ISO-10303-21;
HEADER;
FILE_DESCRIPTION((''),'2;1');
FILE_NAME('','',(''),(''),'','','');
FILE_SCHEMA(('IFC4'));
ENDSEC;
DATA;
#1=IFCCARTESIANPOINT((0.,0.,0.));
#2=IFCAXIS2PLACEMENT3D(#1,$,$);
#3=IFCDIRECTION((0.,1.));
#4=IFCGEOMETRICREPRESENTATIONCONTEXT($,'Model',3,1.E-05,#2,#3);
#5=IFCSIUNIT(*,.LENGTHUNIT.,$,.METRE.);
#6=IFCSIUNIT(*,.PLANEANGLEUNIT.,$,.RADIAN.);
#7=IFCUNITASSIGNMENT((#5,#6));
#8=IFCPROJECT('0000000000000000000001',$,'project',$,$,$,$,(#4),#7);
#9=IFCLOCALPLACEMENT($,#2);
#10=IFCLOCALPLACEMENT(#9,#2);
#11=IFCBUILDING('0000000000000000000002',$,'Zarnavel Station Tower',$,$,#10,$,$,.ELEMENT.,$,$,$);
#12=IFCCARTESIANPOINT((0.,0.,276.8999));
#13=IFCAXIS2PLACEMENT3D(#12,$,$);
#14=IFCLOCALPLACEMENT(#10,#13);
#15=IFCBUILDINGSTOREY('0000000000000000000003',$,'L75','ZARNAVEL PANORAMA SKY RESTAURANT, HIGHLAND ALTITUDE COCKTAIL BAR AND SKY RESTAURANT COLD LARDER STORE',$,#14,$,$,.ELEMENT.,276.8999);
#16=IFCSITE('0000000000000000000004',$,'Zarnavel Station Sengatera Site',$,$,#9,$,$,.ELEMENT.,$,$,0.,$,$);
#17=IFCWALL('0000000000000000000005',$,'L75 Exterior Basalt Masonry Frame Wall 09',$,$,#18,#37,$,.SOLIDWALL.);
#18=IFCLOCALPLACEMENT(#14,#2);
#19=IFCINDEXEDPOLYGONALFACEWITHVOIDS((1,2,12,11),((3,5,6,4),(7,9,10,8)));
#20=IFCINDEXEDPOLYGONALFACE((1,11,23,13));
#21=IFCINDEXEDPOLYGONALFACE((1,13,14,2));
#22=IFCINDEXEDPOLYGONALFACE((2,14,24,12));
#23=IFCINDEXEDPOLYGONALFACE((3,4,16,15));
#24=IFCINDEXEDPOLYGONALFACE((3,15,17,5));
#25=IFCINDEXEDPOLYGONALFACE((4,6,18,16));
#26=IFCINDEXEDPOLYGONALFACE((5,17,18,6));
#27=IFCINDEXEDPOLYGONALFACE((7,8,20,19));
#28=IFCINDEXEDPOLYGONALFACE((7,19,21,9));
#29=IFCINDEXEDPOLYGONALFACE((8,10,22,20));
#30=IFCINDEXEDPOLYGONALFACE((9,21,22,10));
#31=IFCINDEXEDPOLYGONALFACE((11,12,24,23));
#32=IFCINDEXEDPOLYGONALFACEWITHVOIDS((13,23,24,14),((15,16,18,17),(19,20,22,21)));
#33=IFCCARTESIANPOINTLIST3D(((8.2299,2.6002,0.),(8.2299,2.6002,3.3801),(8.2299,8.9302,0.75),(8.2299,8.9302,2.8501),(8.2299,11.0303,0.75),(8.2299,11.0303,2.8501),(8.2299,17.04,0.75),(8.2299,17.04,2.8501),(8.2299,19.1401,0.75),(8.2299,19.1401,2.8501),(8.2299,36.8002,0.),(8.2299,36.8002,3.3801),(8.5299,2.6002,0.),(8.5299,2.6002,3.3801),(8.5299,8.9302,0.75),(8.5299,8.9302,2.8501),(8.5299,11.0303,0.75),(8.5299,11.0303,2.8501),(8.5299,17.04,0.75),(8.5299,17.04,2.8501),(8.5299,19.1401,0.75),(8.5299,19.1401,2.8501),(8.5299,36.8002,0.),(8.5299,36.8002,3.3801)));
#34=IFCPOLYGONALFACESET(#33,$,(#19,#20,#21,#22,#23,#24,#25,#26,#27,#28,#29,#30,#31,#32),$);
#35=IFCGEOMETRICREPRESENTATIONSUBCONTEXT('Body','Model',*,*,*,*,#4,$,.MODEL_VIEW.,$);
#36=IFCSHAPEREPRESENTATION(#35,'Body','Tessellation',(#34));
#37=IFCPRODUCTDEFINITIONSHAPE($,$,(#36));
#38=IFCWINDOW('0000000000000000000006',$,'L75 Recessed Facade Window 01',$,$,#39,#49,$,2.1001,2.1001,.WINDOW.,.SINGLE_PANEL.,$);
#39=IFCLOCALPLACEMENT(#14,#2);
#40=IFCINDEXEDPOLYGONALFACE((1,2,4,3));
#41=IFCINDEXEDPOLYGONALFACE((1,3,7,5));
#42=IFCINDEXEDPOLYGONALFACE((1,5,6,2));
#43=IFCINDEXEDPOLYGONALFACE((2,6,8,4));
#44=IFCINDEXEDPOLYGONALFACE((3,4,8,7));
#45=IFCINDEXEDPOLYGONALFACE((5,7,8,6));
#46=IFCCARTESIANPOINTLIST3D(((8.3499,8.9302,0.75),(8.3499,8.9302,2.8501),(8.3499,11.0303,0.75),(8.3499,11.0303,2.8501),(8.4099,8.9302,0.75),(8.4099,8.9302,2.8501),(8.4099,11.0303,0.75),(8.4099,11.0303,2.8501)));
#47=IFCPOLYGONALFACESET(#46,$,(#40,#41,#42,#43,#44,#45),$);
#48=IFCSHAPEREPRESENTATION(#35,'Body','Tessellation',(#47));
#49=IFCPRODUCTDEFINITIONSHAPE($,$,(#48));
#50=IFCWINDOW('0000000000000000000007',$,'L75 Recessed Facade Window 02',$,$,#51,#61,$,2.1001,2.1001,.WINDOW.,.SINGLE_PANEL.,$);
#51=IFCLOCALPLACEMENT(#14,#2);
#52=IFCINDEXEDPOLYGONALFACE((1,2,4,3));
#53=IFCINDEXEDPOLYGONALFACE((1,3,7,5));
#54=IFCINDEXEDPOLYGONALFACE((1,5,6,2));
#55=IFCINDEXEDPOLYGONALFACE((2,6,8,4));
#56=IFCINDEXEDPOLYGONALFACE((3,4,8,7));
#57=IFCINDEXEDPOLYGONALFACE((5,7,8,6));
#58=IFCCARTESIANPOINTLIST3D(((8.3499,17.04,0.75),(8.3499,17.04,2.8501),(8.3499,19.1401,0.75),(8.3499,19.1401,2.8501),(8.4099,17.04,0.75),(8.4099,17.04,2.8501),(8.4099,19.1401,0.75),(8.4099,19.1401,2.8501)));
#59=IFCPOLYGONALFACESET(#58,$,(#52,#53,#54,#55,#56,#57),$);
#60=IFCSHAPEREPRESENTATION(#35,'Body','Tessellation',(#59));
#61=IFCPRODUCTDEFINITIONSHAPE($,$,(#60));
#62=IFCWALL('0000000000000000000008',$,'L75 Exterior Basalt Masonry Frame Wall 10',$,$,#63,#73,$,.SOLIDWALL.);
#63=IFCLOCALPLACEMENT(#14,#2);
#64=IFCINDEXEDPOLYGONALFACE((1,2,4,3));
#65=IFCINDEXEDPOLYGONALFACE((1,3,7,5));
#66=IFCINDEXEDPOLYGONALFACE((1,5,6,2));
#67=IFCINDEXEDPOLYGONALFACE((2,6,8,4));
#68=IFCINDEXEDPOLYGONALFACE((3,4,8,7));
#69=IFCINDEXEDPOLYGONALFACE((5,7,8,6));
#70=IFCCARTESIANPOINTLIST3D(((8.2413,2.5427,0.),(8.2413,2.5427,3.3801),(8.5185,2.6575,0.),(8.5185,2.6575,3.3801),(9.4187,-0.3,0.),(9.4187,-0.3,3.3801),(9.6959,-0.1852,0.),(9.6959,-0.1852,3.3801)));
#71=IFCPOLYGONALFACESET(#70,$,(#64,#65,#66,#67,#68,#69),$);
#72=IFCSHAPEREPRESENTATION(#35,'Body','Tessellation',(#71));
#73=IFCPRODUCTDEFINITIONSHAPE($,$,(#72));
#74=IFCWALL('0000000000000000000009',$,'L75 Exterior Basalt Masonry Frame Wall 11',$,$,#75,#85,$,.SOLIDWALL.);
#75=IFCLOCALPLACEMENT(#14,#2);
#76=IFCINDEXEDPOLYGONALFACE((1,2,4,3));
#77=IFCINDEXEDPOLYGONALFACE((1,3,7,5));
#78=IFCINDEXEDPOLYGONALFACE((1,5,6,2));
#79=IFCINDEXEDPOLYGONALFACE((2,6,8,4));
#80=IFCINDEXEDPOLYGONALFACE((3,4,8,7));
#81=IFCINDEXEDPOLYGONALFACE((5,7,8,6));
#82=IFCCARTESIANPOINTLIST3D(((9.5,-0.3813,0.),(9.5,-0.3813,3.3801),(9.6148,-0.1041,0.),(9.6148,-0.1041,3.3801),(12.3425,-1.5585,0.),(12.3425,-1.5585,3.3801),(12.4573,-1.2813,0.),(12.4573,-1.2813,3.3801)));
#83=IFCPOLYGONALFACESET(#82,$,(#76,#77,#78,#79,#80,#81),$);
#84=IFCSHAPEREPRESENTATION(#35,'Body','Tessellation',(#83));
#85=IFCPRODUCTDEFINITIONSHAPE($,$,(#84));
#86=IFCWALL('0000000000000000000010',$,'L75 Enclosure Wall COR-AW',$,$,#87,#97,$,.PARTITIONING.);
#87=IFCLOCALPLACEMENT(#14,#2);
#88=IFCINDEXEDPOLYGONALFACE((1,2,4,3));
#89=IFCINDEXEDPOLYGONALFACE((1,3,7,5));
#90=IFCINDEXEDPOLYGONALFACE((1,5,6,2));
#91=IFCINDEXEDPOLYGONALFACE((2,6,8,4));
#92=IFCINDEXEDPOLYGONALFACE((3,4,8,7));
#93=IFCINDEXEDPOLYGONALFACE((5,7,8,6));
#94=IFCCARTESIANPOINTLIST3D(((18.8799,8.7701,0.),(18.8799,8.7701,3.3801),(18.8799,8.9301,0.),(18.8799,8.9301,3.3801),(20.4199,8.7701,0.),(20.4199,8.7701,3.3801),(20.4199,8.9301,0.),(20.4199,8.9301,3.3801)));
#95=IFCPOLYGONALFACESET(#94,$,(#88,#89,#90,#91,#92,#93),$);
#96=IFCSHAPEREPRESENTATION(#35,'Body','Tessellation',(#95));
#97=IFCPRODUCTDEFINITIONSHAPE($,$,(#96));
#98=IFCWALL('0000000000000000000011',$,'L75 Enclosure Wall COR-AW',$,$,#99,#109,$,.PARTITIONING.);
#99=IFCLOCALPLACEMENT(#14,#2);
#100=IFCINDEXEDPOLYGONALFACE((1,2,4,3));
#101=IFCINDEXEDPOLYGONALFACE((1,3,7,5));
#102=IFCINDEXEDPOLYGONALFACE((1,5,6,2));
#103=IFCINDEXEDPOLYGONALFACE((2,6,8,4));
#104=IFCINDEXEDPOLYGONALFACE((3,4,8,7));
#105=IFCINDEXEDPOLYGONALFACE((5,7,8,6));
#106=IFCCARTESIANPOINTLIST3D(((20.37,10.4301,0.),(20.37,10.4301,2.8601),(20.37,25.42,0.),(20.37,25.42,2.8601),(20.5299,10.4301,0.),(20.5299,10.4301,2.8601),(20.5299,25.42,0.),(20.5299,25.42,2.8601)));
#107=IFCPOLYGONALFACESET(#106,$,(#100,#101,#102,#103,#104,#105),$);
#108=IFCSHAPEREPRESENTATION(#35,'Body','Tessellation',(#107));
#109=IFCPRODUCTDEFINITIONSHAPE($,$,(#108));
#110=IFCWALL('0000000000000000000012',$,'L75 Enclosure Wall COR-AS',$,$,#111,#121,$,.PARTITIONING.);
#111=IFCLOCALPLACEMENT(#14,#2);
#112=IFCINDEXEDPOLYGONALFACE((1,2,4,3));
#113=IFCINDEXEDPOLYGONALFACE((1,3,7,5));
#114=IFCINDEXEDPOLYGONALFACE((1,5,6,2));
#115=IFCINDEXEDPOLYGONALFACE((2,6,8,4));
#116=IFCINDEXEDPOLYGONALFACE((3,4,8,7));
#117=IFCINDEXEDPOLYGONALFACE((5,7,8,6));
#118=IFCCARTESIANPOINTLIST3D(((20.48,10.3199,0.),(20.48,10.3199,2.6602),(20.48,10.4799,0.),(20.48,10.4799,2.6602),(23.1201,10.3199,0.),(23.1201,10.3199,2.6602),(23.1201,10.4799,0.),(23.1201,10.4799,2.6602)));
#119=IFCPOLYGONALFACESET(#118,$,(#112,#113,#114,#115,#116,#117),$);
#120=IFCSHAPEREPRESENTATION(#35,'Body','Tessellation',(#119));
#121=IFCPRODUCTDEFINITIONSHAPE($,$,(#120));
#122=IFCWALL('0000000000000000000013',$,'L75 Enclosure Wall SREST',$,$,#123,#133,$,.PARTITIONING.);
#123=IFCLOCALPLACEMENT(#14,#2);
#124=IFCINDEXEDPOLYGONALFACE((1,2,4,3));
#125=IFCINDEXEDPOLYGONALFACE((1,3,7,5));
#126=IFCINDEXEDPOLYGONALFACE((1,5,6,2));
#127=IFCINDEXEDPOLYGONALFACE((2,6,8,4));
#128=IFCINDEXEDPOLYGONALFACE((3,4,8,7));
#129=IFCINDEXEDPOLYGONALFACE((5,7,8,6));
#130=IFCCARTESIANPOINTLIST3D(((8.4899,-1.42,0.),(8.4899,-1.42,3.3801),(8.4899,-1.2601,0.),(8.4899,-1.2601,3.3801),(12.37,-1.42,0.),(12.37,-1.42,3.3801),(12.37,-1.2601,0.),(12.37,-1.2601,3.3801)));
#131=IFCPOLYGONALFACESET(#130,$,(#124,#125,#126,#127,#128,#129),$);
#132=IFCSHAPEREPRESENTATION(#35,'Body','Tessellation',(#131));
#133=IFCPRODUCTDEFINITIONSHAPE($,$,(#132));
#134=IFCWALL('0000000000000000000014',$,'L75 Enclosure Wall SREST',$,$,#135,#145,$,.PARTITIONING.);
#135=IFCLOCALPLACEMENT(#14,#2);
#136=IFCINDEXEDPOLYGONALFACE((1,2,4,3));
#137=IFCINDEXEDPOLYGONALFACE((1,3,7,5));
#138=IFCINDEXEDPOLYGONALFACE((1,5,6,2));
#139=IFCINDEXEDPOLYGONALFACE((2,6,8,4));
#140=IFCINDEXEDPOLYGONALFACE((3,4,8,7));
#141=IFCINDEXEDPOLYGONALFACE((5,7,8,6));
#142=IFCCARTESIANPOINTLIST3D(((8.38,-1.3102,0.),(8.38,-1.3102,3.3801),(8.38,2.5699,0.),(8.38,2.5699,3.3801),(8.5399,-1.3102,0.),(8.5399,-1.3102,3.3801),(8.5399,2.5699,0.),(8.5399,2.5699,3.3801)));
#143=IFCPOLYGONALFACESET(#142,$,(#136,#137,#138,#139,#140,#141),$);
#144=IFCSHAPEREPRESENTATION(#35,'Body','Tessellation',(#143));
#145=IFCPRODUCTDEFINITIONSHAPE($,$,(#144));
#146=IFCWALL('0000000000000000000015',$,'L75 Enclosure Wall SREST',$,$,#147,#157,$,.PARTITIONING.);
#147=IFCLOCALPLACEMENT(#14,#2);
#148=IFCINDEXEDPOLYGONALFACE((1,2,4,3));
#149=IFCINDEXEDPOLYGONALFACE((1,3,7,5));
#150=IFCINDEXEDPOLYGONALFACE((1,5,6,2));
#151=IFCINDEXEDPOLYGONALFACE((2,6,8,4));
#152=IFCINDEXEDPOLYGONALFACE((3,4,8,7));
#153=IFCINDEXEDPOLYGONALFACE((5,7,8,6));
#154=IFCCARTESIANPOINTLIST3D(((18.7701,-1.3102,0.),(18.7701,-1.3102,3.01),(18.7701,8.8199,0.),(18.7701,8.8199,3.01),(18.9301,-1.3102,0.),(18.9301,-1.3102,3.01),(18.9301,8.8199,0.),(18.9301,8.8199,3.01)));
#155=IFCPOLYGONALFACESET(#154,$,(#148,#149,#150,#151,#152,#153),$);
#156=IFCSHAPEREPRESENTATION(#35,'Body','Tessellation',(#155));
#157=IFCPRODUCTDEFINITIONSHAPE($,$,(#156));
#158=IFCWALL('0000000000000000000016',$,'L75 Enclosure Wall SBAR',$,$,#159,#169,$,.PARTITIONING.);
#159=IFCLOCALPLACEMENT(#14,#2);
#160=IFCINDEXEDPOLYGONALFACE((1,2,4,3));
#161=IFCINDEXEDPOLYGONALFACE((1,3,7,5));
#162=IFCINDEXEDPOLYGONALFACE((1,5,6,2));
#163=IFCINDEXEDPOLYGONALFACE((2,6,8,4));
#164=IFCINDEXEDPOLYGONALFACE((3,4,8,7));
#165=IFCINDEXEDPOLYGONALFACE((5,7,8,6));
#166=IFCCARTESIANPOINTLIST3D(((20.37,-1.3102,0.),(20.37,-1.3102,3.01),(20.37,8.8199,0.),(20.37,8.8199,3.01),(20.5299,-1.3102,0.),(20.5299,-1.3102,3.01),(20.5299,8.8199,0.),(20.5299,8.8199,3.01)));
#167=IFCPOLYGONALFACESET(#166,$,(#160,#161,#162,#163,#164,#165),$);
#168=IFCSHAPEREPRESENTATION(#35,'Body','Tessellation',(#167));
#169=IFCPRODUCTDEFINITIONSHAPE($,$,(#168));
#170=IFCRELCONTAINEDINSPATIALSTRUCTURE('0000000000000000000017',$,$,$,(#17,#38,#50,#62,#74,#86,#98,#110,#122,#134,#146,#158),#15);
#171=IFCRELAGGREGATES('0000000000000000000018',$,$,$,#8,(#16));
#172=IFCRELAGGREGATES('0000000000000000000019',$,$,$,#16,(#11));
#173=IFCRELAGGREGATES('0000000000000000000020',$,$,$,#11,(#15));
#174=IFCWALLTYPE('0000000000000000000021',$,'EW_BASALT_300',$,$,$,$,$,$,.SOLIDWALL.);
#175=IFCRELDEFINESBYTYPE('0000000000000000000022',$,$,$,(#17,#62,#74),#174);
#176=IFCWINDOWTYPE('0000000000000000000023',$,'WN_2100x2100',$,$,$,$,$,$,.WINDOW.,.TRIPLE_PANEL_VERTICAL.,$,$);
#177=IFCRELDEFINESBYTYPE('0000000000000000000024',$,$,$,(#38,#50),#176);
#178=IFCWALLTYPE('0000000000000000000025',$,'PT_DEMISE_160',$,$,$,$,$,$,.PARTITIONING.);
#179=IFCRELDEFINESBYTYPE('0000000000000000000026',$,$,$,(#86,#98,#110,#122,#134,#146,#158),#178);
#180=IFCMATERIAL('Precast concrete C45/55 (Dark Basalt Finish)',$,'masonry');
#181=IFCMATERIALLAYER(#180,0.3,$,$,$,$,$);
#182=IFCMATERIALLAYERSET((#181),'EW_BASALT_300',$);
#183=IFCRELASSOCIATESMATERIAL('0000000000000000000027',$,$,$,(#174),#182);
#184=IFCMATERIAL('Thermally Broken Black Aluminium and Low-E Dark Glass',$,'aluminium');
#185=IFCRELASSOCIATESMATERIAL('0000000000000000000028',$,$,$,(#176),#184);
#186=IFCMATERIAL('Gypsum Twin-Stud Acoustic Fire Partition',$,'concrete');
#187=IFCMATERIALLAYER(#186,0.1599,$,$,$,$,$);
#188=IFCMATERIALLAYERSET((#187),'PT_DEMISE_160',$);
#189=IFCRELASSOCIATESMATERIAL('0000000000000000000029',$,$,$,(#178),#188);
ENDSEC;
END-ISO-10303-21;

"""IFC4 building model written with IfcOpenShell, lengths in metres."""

from ifc_helpers import new_model, si_unit, direction, frame, frame_2d, origin, place, context, subcontext, project, spatial, rectangle, extrude, material, layer, layer_set, type_object, element, fill, save


model = new_model("IFC4")

# Units and contexts
model_context = context("Model", 3, precision=1e-05, world=origin(), true_north=direction((0.0, 1.0)))
body_context = subcontext(model_context, "Body", "Model", "MODEL_VIEW")
ifc_project = project(units=[si_unit("LENGTHUNIT", "METRE"), si_unit("PLANEANGLEUNIT", "RADIAN")], contexts=[model_context])

# Site, building, storey
site_placement = place(None, origin())
site = spatial("IfcSite", under=ifc_project, at=site_placement, Name="Zarnavel Station Sengatera Site", CompositionType="ELEMENT", RefElevation=0.0)
building_placement = place(site_placement, origin())
building = spatial("IfcBuilding", under=site, at=building_placement, Name="Zarnavel Station Tower", CompositionType="ELEMENT")
storey_placement = place(building_placement, frame((0.0, 0.0, 276.8999)))
storey = spatial("IfcBuildingStorey", under=building, at=storey_placement, Name="L75", Description="ZARNAVEL PANORAMA SKY RESTAURANT, HIGHLAND ALTITUDE COCKTAIL BAR AND SKY RESTAURANT COLD LARDER STORE", CompositionType="ELEMENT", Elevation=276.8999)

# Wall, openings, windows
ifc_material_1 = material(Name="Precast concrete C45/55 (Dark Basalt Finish)", Category="masonry")
ifc_layer_1 = layer(ifc_material_1, 0.3)
ifc_layer_set_1 = layer_set([ifc_layer_1], Name="EW_BASALT_300")
wall_type_1 = type_object("IfcWallType", Name="EW_BASALT_300", PredefinedType="SOLIDWALL", material=ifc_layer_set_1)
wall_1_placement = place(storey_placement, frame((8.3799, 2.6001, 0.0), z_axis=(0.0, 0.0, 1.0), x_axis=(0.0, 1.0, 0.0)))
wall_1 = element("IfcWall", 1, at=wall_1_placement, inside=storey, type_object=wall_type_1, Name="L75 Exterior Basalt Masonry Frame Wall 09", PredefinedType="SOLIDWALL", context=body_context, shape_type="SweptSolid", body=[
    extrude(rectangle(XDim=34.2, YDim=0.3, at=frame_2d((17.1001, 0.0))), origin(), (0.0, 0.0, 1.0), 3.3801),
])
opening_1_placement = place(wall_1_placement, frame((6.3301, 0.0, 0.75)))
opening_1 = element("IfcOpeningElement", 2, at=opening_1_placement, cuts=wall_1, PredefinedType="OPENING", context=body_context, shape_type="SweptSolid", body=[
    extrude(rectangle(XDim=2.1001, YDim=2.1001, at=frame_2d((1.05, 1.05))), frame((0.0, 0.1599, 0.0), z_axis=(0.0, -1.0, 0.0), x_axis=(1.0, 0.0, 0.0)), (0.0, 0.0, 1.0), 0.3201),
])
opening_2_placement = place(wall_1_placement, frame((14.4399, 0.0, 0.75)))
opening_2 = element("IfcOpeningElement", 3, at=opening_2_placement, cuts=wall_1, PredefinedType="OPENING", context=body_context, shape_type="SweptSolid", body=[
    extrude(rectangle(XDim=2.1001, YDim=2.1001, at=frame_2d((1.05, 1.05))), frame((0.0, 0.1599, 0.0), z_axis=(0.0, -1.0, 0.0), x_axis=(1.0, 0.0, 0.0)), (0.0, 0.0, 1.0), 0.3201),
])
ifc_material_2 = material(Name="Thermally Broken Black Aluminium and Low-E Dark Glass", Category="aluminium")
window_type = type_object("IfcWindowType", Name="WN_2100x2100", PartitioningType="TRIPLE_PANEL_VERTICAL", PredefinedType="WINDOW", material=ifc_material_2)
window_1_placement = place(opening_1_placement, origin())
window_1 = element("IfcWindow", 4, at=window_1_placement, inside=storey, type_object=window_type, Name="L75 Recessed Facade Window 01", OverallHeight=2.1001, OverallWidth=2.1001, PartitioningType="SINGLE_PANEL", PredefinedType="WINDOW", context=body_context, shape_type="SweptSolid", body=[
    extrude(rectangle(XDim=2.1001, YDim=2.1001, at=frame_2d((1.05, 1.05))), frame((0.0, 0.03, 0.0), z_axis=(0.0, -1.0, 0.0), x_axis=(1.0, 0.0, 0.0)), (0.0, 0.0, 1.0), 0.0601),
])
fill(opening_1, window_1)
window_2_placement = place(opening_2_placement, origin())
window_2 = element("IfcWindow", 5, at=window_2_placement, inside=storey, type_object=window_type, Name="L75 Recessed Facade Window 02", OverallHeight=2.1001, OverallWidth=2.1001, PartitioningType="SINGLE_PANEL", PredefinedType="WINDOW", context=body_context, shape_type="SweptSolid", body=[
    extrude(rectangle(XDim=2.1001, YDim=2.1001, at=frame_2d((1.05, 1.05))), frame((0.0, 0.03, 0.0), z_axis=(0.0, -1.0, 0.0), x_axis=(1.0, 0.0, 0.0)), (0.0, 0.0, 1.0), 0.0601),
])
fill(opening_2, window_2)

# Walls
wall_2_placement = place(storey_placement, frame((9.5574, -0.2427, 0.0), z_axis=(0.0, 0.0, 1.0), x_axis=(-0.382676, 0.923882, 0.0)))
element("IfcWall", 6, at=wall_2_placement, inside=storey, type_object=wall_type_1, Name="L75 Exterior Basalt Masonry Frame Wall 10", PredefinedType="SOLIDWALL", context=body_context, shape_type="SweptSolid", body=[
    extrude(rectangle(XDim=3.0769, YDim=0.3, at=frame_2d((1.5386, 0.0))), origin(), (0.0, 0.0, 1.0), 3.3801),
])
wall_3_placement = place(storey_placement, frame((12.3999, -1.4199, 0.0), z_axis=(0.0, 0.0, 1.0), x_axis=(-0.923899, 0.382637, 0.0)))
element("IfcWall", 7, at=wall_3_placement, inside=storey, type_object=wall_type_1, Name="L75 Exterior Basalt Masonry Frame Wall 11", PredefinedType="SOLIDWALL", context=body_context, shape_type="SweptSolid", body=[
    extrude(rectangle(XDim=3.0767, YDim=0.3, at=frame_2d((1.5383, 0.0))), origin(), (0.0, 0.0, 1.0), 3.3801),
])
ifc_material_3 = material(Name="Gypsum Twin-Stud Acoustic Fire Partition", Category="concrete")
ifc_layer_2 = layer(ifc_material_3, 0.1599)
ifc_layer_set_2 = layer_set([ifc_layer_2], Name="PT_DEMISE_160")
wall_type_2 = type_object("IfcWallType", Name="PT_DEMISE_160", PredefinedType="PARTITIONING", material=ifc_layer_set_2)
wall_4_placement = place(storey_placement, frame((18.8799, 8.8501, 0.0), z_axis=(0.0, 0.0, 1.0), x_axis=(1.0, 0.0, 0.0)))
element("IfcWall", 8, at=wall_4_placement, inside=storey, type_object=wall_type_2, Name="L75 Enclosure Wall COR-AW", PredefinedType="PARTITIONING", context=body_context, shape_type="SweptSolid", body=[
    extrude(rectangle(XDim=1.54, YDim=0.1599, at=frame_2d((0.77, 0.0))), origin(), (0.0, 0.0, 1.0), 3.3801),
])
wall_5_placement = place(storey_placement, frame((20.45, 10.4299, 0.0), z_axis=(0.0, 0.0, 1.0), x_axis=(0.0, 1.0, 0.0)))
element("IfcWall", 9, at=wall_5_placement, inside=storey, type_object=wall_type_2, Name="L75 Enclosure Wall COR-AW", PredefinedType="PARTITIONING", context=body_context, shape_type="SweptSolid", body=[
    extrude(rectangle(XDim=14.99, YDim=0.1599, at=frame_2d((7.4951, 0.0))), origin(), (0.0, 0.0, 1.0), 2.8601),
])
wall_6_placement = place(storey_placement, frame((20.48, 10.3999, 0.0), z_axis=(0.0, 0.0, 1.0), x_axis=(1.0, 0.0, 0.0)))
element("IfcWall", 10, at=wall_6_placement, inside=storey, type_object=wall_type_2, Name="L75 Enclosure Wall COR-AS", PredefinedType="PARTITIONING", context=body_context, shape_type="SweptSolid", body=[
    extrude(rectangle(XDim=2.6401, YDim=0.1599, at=frame_2d((1.3201, 0.0))), origin(), (0.0, 0.0, 1.0), 2.6602),
])
for number, where, z_axis, x_axis, name in (
    (11, (8.49, -1.3401, 0.0), (0.0, 0.0, 1.0), (1.0, 0.0, 0.0), "L75 Enclosure Wall SREST"),
    (12, (8.46, -1.3101, 0.0), (0.0, 0.0, 1.0), (0.0, 1.0, 0.0), "L75 Enclosure Wall SREST"),
):
    element("IfcWall", number, at=place(storey_placement, frame(where, z_axis=z_axis, x_axis=x_axis)), inside=storey, type_object=wall_type_2, Name=name, PredefinedType="PARTITIONING", context=body_context, shape_type="SweptSolid", body=[
        extrude(rectangle(XDim=3.8801, YDim=0.1599, at=frame_2d((1.9399, 0.0))), origin(), (0.0, 0.0, 1.0), 3.3801),
    ])
for number, where, z_axis, x_axis, name in (
    (13, (18.8501, -1.3101, 0.0), (0.0, 0.0, 1.0), (0.0, 1.0, 0.0), "L75 Enclosure Wall SREST"),
    (14, (20.45, -1.3101, 0.0), (0.0, 0.0, 1.0), (0.0, 1.0, 0.0), "L75 Enclosure Wall SBAR"),
):
    element("IfcWall", number, at=place(storey_placement, frame(where, z_axis=z_axis, x_axis=x_axis)), inside=storey, type_object=wall_type_2, Name=name, PredefinedType="PARTITIONING", context=body_context, shape_type="SweptSolid", body=[
        extrude(rectangle(XDim=10.1301, YDim=0.1599, at=frame_2d((5.0649, 0.0))), origin(), (0.0, 0.0, 1.0), 3.01),
    ])

save(model, "model.ifc")
